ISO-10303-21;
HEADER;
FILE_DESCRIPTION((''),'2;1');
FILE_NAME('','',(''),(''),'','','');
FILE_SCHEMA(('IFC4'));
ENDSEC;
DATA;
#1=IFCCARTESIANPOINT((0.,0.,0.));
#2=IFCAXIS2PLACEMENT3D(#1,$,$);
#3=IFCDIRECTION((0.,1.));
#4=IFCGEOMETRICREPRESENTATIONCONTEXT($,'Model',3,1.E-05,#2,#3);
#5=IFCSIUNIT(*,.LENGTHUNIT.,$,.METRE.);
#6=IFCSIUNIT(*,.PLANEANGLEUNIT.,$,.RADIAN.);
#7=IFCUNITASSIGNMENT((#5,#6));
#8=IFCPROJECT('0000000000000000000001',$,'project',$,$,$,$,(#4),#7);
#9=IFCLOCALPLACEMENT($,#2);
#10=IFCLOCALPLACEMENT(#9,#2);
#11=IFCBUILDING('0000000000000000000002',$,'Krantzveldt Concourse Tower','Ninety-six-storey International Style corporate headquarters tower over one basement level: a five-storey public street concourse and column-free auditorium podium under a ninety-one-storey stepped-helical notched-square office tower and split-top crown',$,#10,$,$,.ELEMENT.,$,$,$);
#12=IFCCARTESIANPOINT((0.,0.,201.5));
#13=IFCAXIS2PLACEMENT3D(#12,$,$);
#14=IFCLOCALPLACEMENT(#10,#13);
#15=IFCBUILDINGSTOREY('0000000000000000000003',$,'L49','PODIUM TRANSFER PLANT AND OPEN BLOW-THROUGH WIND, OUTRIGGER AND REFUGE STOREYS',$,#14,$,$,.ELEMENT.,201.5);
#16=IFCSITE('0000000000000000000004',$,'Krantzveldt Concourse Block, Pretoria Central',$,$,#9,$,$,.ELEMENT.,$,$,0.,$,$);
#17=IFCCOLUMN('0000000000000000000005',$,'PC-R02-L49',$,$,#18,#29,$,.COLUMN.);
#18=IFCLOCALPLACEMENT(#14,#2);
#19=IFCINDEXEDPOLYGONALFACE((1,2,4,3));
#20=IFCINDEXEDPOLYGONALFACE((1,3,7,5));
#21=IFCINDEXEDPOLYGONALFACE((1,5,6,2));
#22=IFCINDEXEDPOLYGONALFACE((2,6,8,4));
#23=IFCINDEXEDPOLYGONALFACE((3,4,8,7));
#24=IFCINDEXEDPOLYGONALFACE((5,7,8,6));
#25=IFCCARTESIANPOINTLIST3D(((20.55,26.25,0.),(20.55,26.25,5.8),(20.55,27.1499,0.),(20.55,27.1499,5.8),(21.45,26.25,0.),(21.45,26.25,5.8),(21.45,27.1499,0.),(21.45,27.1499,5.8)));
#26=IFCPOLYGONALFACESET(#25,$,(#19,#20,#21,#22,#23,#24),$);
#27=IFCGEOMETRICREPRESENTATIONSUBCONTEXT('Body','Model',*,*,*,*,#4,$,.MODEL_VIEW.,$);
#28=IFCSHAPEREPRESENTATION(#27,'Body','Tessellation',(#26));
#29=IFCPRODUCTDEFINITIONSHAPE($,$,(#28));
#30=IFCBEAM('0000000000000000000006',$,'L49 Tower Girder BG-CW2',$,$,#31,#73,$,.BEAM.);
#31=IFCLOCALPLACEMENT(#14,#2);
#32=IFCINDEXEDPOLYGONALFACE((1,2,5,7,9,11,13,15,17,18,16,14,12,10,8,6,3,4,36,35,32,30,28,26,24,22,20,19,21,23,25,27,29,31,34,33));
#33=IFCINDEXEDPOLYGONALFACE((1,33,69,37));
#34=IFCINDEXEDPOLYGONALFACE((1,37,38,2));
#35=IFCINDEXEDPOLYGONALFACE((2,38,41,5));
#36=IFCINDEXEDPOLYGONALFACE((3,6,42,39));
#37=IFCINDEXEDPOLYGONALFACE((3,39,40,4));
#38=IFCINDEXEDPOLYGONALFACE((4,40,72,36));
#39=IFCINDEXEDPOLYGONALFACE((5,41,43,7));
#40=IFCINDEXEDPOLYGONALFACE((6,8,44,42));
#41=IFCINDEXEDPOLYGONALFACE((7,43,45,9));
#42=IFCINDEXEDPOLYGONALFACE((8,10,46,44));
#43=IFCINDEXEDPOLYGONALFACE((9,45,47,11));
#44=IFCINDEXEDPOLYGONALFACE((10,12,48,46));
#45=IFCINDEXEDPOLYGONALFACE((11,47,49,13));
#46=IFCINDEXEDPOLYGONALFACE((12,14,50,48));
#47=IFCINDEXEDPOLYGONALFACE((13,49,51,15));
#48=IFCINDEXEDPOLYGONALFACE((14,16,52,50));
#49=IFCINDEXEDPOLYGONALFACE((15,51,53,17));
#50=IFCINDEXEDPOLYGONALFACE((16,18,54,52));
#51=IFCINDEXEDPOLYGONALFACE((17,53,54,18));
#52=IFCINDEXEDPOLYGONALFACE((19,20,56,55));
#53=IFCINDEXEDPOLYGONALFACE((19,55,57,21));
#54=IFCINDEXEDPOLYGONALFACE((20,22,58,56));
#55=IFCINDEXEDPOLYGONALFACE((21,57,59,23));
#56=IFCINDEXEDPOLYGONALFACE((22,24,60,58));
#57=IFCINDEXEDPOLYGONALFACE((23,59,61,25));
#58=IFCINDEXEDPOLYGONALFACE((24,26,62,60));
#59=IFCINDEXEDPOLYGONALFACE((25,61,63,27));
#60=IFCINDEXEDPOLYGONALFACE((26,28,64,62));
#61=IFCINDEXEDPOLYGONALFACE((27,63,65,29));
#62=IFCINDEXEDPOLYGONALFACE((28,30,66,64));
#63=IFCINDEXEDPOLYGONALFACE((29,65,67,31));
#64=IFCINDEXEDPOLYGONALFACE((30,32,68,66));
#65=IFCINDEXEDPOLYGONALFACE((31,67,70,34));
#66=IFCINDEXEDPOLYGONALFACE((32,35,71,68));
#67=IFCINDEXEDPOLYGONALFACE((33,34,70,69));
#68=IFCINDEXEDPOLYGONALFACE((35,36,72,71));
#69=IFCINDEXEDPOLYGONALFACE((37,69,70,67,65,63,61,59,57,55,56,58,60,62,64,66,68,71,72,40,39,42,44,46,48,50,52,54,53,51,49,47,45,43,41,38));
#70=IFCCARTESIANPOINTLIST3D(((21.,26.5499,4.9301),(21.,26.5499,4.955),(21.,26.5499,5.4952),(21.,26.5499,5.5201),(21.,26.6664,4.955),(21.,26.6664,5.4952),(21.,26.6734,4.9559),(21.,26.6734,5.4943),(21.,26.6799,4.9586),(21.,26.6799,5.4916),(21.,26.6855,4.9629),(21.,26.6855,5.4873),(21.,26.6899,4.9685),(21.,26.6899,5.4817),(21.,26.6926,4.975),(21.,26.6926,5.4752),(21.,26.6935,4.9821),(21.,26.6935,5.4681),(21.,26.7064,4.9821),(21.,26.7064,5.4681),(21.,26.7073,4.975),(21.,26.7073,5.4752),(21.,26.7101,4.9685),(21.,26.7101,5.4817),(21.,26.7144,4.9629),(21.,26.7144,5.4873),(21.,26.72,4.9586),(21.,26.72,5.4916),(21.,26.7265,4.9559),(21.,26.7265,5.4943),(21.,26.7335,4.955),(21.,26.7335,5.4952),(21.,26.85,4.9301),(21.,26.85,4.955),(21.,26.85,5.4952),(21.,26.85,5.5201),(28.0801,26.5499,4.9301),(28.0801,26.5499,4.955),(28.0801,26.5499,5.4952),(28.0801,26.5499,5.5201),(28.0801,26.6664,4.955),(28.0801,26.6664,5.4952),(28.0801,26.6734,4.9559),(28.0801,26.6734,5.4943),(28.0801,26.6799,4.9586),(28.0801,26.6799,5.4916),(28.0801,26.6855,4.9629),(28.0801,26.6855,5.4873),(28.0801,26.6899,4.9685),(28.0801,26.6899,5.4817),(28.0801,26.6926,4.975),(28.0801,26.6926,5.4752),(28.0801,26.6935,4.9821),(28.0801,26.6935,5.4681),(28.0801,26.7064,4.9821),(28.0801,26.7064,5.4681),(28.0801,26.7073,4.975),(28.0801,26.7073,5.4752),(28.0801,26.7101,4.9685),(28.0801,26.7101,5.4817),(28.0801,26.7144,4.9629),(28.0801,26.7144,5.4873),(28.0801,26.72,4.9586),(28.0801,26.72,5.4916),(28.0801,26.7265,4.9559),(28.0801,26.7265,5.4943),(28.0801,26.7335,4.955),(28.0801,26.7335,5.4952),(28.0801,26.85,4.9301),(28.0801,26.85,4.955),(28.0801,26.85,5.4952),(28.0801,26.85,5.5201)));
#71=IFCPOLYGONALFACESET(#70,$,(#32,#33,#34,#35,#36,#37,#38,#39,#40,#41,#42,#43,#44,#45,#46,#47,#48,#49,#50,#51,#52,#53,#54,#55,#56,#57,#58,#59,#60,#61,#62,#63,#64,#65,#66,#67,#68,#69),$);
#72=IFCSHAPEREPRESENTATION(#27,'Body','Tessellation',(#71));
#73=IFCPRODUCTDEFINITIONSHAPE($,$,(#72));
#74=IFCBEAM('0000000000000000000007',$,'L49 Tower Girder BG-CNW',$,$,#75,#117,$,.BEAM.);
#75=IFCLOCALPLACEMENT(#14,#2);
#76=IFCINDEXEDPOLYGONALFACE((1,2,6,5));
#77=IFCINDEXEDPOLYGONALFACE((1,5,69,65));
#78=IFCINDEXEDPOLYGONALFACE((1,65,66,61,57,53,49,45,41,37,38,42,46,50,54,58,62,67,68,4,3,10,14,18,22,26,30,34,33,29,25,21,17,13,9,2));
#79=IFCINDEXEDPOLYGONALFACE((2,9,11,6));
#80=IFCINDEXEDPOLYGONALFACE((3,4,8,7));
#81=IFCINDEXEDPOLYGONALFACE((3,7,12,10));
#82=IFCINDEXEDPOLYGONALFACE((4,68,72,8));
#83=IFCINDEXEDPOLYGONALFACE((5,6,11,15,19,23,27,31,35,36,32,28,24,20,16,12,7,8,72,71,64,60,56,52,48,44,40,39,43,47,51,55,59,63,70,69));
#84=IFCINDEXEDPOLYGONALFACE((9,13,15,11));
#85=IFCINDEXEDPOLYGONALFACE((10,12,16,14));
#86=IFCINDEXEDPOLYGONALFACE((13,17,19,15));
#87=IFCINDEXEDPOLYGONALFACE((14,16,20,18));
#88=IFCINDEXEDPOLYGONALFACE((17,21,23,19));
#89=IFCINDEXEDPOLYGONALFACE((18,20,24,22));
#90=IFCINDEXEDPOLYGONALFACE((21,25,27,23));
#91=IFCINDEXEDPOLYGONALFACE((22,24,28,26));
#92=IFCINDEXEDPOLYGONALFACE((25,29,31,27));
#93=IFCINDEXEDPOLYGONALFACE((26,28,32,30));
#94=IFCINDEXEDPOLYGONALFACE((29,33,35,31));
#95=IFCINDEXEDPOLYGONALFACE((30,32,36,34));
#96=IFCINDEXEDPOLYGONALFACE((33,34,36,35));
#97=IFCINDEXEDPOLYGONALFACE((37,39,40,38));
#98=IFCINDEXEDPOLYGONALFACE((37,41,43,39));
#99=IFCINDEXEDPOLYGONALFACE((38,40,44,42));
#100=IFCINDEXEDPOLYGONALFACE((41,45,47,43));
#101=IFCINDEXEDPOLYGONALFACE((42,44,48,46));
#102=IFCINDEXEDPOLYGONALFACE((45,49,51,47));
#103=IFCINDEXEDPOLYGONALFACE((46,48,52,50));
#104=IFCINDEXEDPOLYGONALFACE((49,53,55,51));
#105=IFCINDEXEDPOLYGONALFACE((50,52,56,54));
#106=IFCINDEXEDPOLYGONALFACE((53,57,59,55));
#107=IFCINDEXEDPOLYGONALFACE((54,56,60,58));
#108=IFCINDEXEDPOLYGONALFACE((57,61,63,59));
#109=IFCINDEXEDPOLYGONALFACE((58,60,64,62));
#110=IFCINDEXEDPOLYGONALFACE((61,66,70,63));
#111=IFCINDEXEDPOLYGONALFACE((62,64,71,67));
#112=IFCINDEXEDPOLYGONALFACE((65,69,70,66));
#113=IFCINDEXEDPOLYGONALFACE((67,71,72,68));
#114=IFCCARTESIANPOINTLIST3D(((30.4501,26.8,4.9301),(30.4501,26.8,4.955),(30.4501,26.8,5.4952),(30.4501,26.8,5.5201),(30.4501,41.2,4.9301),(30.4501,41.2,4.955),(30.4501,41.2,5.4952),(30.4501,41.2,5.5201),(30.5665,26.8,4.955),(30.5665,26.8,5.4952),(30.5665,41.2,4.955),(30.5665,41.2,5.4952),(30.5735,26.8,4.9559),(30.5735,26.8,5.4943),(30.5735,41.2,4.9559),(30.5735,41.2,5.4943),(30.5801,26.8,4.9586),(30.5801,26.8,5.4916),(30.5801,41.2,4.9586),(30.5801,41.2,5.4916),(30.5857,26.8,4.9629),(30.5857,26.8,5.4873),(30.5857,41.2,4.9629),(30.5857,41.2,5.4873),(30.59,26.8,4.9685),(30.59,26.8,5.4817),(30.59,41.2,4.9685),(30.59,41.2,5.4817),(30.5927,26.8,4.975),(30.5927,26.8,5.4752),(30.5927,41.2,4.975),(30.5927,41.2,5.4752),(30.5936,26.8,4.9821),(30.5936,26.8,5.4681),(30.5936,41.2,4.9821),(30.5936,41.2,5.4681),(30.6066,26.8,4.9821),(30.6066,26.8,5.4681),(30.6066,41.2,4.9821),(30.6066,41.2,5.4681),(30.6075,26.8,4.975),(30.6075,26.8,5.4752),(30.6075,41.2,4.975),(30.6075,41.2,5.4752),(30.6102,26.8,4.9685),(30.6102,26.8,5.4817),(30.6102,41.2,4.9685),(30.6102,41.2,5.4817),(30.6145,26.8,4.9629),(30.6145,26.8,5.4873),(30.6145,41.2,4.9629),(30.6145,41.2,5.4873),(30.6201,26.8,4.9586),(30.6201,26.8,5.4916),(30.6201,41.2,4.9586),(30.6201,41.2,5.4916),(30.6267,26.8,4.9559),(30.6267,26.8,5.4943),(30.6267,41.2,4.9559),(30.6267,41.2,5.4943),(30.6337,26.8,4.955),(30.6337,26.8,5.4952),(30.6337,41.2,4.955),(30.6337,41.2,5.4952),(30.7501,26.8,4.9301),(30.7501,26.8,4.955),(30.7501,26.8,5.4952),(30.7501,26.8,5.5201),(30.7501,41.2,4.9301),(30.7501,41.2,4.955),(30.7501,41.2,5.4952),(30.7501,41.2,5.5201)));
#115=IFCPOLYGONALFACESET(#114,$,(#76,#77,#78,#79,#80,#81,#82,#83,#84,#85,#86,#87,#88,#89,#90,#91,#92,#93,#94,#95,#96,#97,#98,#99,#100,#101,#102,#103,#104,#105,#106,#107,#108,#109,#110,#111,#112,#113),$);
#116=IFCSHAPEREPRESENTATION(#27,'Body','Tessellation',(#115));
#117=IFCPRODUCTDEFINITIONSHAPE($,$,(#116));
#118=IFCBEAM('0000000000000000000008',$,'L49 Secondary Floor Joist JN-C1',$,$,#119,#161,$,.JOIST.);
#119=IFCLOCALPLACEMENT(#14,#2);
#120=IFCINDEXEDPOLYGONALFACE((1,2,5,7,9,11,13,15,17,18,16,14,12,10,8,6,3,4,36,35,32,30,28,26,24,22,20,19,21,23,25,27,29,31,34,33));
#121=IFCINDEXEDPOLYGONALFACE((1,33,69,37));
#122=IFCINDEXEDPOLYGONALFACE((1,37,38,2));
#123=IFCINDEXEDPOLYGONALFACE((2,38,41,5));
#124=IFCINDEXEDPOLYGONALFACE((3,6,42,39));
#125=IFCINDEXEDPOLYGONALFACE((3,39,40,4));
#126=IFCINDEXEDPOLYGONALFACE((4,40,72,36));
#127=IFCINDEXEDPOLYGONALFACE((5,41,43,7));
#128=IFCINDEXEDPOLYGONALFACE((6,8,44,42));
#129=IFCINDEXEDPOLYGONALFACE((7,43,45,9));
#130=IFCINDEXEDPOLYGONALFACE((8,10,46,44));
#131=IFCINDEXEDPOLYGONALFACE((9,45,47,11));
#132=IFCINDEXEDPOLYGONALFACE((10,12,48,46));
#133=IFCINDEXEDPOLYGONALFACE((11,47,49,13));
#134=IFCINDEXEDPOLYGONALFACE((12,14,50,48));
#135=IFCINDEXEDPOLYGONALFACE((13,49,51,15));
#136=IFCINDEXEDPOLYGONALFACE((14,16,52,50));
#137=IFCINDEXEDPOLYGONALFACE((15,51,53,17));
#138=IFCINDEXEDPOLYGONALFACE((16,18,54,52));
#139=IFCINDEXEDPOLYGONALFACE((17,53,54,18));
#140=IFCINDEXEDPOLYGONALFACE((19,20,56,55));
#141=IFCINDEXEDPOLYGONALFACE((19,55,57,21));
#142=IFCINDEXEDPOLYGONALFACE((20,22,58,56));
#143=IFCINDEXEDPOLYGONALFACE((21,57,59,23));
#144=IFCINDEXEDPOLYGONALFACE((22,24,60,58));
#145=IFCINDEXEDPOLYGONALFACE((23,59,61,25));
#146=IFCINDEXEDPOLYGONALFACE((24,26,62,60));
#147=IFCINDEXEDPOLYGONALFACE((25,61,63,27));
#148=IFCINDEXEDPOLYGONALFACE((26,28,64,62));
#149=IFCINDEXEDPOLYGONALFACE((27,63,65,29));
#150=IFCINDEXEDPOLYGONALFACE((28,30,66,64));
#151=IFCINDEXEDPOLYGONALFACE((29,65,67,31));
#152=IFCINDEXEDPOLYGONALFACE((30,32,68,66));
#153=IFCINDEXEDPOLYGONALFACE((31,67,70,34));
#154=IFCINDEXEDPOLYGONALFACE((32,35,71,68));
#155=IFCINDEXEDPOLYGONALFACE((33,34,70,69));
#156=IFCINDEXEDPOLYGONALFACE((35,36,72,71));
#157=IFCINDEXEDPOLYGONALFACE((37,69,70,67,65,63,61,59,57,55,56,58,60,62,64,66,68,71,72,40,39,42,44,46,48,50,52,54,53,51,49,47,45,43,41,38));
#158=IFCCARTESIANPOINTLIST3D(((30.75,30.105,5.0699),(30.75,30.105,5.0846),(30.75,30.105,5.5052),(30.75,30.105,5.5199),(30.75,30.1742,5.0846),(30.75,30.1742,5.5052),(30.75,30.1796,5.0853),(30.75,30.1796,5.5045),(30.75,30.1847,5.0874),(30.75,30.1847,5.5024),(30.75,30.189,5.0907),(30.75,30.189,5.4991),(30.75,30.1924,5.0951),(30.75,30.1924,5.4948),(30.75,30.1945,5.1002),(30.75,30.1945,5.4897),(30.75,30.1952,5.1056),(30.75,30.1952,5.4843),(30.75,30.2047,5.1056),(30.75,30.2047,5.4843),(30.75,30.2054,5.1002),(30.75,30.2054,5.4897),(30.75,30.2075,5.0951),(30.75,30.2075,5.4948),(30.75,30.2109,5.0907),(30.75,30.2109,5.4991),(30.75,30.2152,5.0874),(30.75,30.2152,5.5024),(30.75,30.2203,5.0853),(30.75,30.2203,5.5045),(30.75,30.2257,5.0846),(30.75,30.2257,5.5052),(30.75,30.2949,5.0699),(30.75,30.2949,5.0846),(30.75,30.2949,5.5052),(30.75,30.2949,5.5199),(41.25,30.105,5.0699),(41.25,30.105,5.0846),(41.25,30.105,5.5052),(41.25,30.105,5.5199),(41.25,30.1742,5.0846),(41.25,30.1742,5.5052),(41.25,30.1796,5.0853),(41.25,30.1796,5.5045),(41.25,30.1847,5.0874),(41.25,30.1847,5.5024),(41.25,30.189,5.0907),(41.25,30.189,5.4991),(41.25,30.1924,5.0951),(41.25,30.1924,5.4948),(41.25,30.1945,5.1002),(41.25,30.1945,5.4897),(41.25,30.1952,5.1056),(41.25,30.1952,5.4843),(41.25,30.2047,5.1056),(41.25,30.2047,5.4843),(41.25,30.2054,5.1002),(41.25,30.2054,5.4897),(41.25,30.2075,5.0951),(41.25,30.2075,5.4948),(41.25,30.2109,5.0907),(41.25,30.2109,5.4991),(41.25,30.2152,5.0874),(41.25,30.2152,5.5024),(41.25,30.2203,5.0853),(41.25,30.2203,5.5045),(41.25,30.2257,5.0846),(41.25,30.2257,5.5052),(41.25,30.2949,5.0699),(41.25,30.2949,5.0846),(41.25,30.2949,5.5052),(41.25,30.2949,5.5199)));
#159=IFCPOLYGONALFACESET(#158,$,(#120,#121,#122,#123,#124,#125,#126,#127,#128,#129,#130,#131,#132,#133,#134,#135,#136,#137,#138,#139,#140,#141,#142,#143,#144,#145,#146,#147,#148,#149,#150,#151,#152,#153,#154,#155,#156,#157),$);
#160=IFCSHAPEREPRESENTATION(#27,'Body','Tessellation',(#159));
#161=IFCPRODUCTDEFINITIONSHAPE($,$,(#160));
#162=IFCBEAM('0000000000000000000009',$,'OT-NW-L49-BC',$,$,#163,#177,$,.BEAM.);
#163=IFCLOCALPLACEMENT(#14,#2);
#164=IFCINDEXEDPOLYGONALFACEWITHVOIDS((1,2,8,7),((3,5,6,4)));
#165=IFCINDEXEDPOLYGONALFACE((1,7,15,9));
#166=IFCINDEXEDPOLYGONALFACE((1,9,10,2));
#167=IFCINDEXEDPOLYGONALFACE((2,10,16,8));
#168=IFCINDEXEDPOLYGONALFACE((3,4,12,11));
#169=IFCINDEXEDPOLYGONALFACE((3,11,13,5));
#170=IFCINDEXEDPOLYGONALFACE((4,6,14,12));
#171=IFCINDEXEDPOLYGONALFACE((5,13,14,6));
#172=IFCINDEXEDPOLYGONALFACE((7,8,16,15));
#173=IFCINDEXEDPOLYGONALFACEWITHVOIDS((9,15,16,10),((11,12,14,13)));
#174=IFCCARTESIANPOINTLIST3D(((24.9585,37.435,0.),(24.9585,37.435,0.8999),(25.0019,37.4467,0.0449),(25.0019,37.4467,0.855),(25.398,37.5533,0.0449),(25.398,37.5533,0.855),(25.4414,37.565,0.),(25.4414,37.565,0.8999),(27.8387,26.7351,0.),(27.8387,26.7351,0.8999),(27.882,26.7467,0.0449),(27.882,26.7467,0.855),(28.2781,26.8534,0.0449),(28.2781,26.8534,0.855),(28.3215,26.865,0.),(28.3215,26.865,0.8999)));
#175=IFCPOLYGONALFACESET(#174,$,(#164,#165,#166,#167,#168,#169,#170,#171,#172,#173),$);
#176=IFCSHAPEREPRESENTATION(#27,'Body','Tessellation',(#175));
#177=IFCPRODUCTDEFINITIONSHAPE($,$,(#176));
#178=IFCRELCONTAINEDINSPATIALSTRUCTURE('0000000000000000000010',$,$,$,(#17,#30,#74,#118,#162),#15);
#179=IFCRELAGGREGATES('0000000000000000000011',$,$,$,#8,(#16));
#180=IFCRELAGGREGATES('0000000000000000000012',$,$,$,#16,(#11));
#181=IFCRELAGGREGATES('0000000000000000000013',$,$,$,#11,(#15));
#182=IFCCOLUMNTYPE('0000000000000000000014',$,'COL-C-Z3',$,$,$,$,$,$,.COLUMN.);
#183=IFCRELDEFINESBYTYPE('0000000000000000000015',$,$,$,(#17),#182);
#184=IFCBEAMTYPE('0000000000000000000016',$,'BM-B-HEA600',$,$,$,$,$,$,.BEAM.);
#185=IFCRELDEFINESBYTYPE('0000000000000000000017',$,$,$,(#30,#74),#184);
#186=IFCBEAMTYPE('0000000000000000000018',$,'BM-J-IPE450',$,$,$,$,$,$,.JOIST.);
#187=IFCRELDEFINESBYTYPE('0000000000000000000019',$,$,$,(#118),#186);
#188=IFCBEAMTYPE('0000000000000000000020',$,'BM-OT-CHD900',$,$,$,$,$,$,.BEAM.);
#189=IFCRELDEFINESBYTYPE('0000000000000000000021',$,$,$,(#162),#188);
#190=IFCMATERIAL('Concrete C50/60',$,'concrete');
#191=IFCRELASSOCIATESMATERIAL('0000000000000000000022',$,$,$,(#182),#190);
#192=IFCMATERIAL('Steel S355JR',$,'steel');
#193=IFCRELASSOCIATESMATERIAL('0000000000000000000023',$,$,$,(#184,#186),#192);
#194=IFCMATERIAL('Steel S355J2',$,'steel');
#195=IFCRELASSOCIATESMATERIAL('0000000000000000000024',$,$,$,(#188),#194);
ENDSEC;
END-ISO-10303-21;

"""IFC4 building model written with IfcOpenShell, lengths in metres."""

from ifc_helpers import new_model, si_unit, direction, frame, origin, origin_2d, place, context, subcontext, project, spatial, rectangle, hollow_rectangle, i_section, extrude, source, transform, mapped, material, material_profile, profile_set, type_object, type_shapes, element, save


model = new_model("IFC4")

# Units and contexts
model_context = context("Model", 3, precision=1e-05, world=origin(), true_north=direction((0.0, 1.0)))
body_context = subcontext(model_context, "Body", "Model", "MODEL_VIEW")
ifc_project = project(units=[si_unit("LENGTHUNIT", "METRE"), si_unit("PLANEANGLEUNIT", "RADIAN")], contexts=[model_context])

# Site, building, storey
site_placement = place(None, origin())
site = spatial("IfcSite", under=ifc_project, at=site_placement, Name="Krantzveldt Concourse Block, Pretoria Central", CompositionType="ELEMENT", RefElevation=0.0)
building_placement = place(site_placement, origin())
building = spatial("IfcBuilding", under=site, at=building_placement, Name="Krantzveldt Concourse Tower", Description="Ninety-six-storey International Style corporate headquarters tower over one basement level: a five-storey public street concourse and column-free auditorium podium under a ninety-one-storey stepped-helical notched-square office tower and split-top crown", CompositionType="ELEMENT")
storey_placement = place(building_placement, frame((0.0, 0.0, 201.5)))
storey = spatial("IfcBuildingStorey", under=building, at=storey_placement, Name="L49", Description="PODIUM TRANSFER PLANT AND OPEN BLOW-THROUGH WIND, OUTRIGGER AND REFUGE STOREYS", CompositionType="ELEMENT", Elevation=201.5)

# Column
ifc_material_1 = material(Name="Concrete C50/60", Category="concrete")
ifc_material_profile_1 = material_profile(ifc_material_1, rectangle(XDim=0.8999, YDim=0.8999, at=origin_2d()), Name="Concrete C50/60", Category="concrete")
ifc_profile_set_1 = profile_set([ifc_material_profile_1], Name="Concrete C50/60 - RC 900x900")
column_type = type_object("IfcColumnType", Name="COL-C-Z3", PredefinedType="COLUMN", material=ifc_profile_set_1)
shared_shape_1 = source(origin(), body_context, "Body", "SweptSolid", [
    extrude(rectangle(XDim=0.8999, YDim=0.8999, at=origin_2d()), origin(), (0.0, 0.0, 1.0), 5.8),
])
type_shapes(column_type, [shared_shape_1])
column_placement = place(storey_placement, frame((21.0, 26.7, 0.0), z_axis=(0.0, 0.0, 1.0), x_axis=(1.0, 0.0, 0.0)))
element("IfcColumn", 1, at=column_placement, inside=storey, type_object=column_type, Name="PC-R02-L49", PredefinedType="COLUMN", context=body_context, shape_type="MappedRepresentation", body=[
    mapped(shared_shape_1, transform((0.0, 0.0, 0.0), x_axis=(1.0, 0.0, 0.0), y_axis=(0.0, 1.0, 0.0), z_axis=(0.0, 0.0, 1.0), scale=1.0)),
])

# Beams
ifc_material_2 = material(Name="Steel S355JR", Category="steel")
ifc_material_profile_2 = material_profile(ifc_material_2, i_section(OverallWidth=0.3, OverallDepth=0.5901, WebThickness=0.0129, FlangeThickness=0.0249, FilletRadius=0.0271, at=origin_2d()), Name="Steel S355JR", Category="steel")
ifc_profile_set_2 = profile_set([ifc_material_profile_2], Name="Steel S355JR - HEA 600")
beam_type_1 = type_object("IfcBeamType", Name="BM-B-HEA600", PredefinedType="BEAM", material=ifc_profile_set_2)
shared_shape_2 = source(origin(), body_context, "Body", "SweptSolid", [
    extrude(i_section(OverallWidth=0.3, OverallDepth=0.5901, WebThickness=0.0129, FlangeThickness=0.0249, FilletRadius=0.0271, at=origin_2d()), origin(), (0.0, 0.0, 1.0), 7.0801),
])
beam_1_placement = place(storey_placement, frame((21.0, 26.7, 5.2251), z_axis=(1.0, 0.0, 0.0), x_axis=(0.0, 1.0, 0.0)))
element("IfcBeam", 2, at=beam_1_placement, inside=storey, type_object=beam_type_1, Name="L49 Tower Girder BG-CW2", PredefinedType="BEAM", context=body_context, shape_type="MappedRepresentation", body=[
    mapped(shared_shape_2, transform((0.0, 0.0, 0.0), x_axis=(1.0, 0.0, 0.0), y_axis=(0.0, 1.0, 0.0), z_axis=(0.0, 0.0, 1.0), scale=1.0)),
])
shared_shape_3 = source(origin(), body_context, "Body", "SweptSolid", [
    extrude(i_section(OverallWidth=0.3, OverallDepth=0.5901, WebThickness=0.0129, FlangeThickness=0.0249, FilletRadius=0.0271, at=origin_2d()), origin(), (0.0, 0.0, 1.0), 14.3999),
])
type_shapes(beam_type_1, [shared_shape_2, shared_shape_3])
beam_2_placement = place(storey_placement, frame((30.6001, 26.8, 5.2251), z_axis=(0.0, 1.0, 0.0), x_axis=(-1.0, 0.0, 0.0)))
element("IfcBeam", 3, at=beam_2_placement, inside=storey, type_object=beam_type_1, Name="L49 Tower Girder BG-CNW", PredefinedType="BEAM", context=body_context, shape_type="MappedRepresentation", body=[
    mapped(shared_shape_3, transform((0.0, 0.0, 0.0), x_axis=(1.0, 0.0, 0.0), y_axis=(0.0, 1.0, 0.0), z_axis=(0.0, 0.0, 1.0), scale=1.0)),
])
ifc_material_profile_3 = material_profile(ifc_material_2, i_section(OverallWidth=0.1899, OverallDepth=0.45, WebThickness=0.0095, FlangeThickness=0.0146, FilletRadius=0.021, at=origin_2d()), Name="Steel S355JR", Category="steel")
ifc_profile_set_3 = profile_set([ifc_material_profile_3], Name="Steel S355JR - IPE 450")
beam_type_2 = type_object("IfcBeamType", Name="BM-J-IPE450", PredefinedType="JOIST", material=ifc_profile_set_3)
shared_shape_4 = source(origin(), body_context, "Body", "SweptSolid", [
    extrude(i_section(OverallWidth=0.1899, OverallDepth=0.45, WebThickness=0.0095, FlangeThickness=0.0146, FilletRadius=0.021, at=origin_2d()), origin(), (0.0, 0.0, 1.0), 10.5),
])
beam_3_placement = place(storey_placement, frame((30.75, 30.2, 5.2949), z_axis=(1.0, 0.0, 0.0), x_axis=(0.0, 1.0, 0.0)))
element("IfcBeam", 4, at=beam_3_placement, inside=storey, type_object=beam_type_2, Name="L49 Secondary Floor Joist JN-C1", PredefinedType="JOIST", context=body_context, shape_type="MappedRepresentation", body=[
    mapped(shared_shape_4, transform((0.0, 0.0, 0.0), x_axis=(1.0, 0.0, 0.0), y_axis=(0.0, 1.0, 0.0), z_axis=(0.0, 0.0, 1.0), scale=1.0)),
])
ifc_material_3 = material(Name="Steel S355J2", Category="steel")
ifc_material_profile_4 = material_profile(ifc_material_3, hollow_rectangle(XDim=0.5, YDim=0.8999, WallThickness=0.0449, at=origin_2d()), Name="Steel S355J2", Category="steel")
ifc_profile_set_4 = profile_set([ifc_material_profile_4], Name="Steel S355J2 - RHS 900x500x45")
beam_type_3 = type_object("IfcBeamType", Name="BM-OT-CHD900", PredefinedType="BEAM", material=ifc_profile_set_4)
shared_shape_5 = source(origin(), body_context, "Body", "SweptSolid", [
    extrude(hollow_rectangle(XDim=0.5, YDim=0.8999, WallThickness=0.0449, at=origin_2d()), origin(), (0.0, 0.0, 1.0), 11.0808),
])
type_shapes(beam_type_3, [shared_shape_5])
beam_4_placement = place(storey_placement, frame((28.0801, 26.8, 0.45), z_axis=(-0.259921, 0.96563, 0.0), x_axis=(-0.96563, -0.259921, 0.0)))
element("IfcBeam", 5, at=beam_4_placement, inside=storey, type_object=beam_type_3, Name="OT-NW-L49-BC", PredefinedType="BEAM", context=body_context, shape_type="MappedRepresentation", body=[
    mapped(shared_shape_5, transform((0.0, 0.0, 0.0), x_axis=(1.0, 0.0, 0.0), y_axis=(0.0, 1.0, 0.0), z_axis=(0.0, 0.0, 1.0), scale=1.0)),
])

save(model, "model.ifc")
